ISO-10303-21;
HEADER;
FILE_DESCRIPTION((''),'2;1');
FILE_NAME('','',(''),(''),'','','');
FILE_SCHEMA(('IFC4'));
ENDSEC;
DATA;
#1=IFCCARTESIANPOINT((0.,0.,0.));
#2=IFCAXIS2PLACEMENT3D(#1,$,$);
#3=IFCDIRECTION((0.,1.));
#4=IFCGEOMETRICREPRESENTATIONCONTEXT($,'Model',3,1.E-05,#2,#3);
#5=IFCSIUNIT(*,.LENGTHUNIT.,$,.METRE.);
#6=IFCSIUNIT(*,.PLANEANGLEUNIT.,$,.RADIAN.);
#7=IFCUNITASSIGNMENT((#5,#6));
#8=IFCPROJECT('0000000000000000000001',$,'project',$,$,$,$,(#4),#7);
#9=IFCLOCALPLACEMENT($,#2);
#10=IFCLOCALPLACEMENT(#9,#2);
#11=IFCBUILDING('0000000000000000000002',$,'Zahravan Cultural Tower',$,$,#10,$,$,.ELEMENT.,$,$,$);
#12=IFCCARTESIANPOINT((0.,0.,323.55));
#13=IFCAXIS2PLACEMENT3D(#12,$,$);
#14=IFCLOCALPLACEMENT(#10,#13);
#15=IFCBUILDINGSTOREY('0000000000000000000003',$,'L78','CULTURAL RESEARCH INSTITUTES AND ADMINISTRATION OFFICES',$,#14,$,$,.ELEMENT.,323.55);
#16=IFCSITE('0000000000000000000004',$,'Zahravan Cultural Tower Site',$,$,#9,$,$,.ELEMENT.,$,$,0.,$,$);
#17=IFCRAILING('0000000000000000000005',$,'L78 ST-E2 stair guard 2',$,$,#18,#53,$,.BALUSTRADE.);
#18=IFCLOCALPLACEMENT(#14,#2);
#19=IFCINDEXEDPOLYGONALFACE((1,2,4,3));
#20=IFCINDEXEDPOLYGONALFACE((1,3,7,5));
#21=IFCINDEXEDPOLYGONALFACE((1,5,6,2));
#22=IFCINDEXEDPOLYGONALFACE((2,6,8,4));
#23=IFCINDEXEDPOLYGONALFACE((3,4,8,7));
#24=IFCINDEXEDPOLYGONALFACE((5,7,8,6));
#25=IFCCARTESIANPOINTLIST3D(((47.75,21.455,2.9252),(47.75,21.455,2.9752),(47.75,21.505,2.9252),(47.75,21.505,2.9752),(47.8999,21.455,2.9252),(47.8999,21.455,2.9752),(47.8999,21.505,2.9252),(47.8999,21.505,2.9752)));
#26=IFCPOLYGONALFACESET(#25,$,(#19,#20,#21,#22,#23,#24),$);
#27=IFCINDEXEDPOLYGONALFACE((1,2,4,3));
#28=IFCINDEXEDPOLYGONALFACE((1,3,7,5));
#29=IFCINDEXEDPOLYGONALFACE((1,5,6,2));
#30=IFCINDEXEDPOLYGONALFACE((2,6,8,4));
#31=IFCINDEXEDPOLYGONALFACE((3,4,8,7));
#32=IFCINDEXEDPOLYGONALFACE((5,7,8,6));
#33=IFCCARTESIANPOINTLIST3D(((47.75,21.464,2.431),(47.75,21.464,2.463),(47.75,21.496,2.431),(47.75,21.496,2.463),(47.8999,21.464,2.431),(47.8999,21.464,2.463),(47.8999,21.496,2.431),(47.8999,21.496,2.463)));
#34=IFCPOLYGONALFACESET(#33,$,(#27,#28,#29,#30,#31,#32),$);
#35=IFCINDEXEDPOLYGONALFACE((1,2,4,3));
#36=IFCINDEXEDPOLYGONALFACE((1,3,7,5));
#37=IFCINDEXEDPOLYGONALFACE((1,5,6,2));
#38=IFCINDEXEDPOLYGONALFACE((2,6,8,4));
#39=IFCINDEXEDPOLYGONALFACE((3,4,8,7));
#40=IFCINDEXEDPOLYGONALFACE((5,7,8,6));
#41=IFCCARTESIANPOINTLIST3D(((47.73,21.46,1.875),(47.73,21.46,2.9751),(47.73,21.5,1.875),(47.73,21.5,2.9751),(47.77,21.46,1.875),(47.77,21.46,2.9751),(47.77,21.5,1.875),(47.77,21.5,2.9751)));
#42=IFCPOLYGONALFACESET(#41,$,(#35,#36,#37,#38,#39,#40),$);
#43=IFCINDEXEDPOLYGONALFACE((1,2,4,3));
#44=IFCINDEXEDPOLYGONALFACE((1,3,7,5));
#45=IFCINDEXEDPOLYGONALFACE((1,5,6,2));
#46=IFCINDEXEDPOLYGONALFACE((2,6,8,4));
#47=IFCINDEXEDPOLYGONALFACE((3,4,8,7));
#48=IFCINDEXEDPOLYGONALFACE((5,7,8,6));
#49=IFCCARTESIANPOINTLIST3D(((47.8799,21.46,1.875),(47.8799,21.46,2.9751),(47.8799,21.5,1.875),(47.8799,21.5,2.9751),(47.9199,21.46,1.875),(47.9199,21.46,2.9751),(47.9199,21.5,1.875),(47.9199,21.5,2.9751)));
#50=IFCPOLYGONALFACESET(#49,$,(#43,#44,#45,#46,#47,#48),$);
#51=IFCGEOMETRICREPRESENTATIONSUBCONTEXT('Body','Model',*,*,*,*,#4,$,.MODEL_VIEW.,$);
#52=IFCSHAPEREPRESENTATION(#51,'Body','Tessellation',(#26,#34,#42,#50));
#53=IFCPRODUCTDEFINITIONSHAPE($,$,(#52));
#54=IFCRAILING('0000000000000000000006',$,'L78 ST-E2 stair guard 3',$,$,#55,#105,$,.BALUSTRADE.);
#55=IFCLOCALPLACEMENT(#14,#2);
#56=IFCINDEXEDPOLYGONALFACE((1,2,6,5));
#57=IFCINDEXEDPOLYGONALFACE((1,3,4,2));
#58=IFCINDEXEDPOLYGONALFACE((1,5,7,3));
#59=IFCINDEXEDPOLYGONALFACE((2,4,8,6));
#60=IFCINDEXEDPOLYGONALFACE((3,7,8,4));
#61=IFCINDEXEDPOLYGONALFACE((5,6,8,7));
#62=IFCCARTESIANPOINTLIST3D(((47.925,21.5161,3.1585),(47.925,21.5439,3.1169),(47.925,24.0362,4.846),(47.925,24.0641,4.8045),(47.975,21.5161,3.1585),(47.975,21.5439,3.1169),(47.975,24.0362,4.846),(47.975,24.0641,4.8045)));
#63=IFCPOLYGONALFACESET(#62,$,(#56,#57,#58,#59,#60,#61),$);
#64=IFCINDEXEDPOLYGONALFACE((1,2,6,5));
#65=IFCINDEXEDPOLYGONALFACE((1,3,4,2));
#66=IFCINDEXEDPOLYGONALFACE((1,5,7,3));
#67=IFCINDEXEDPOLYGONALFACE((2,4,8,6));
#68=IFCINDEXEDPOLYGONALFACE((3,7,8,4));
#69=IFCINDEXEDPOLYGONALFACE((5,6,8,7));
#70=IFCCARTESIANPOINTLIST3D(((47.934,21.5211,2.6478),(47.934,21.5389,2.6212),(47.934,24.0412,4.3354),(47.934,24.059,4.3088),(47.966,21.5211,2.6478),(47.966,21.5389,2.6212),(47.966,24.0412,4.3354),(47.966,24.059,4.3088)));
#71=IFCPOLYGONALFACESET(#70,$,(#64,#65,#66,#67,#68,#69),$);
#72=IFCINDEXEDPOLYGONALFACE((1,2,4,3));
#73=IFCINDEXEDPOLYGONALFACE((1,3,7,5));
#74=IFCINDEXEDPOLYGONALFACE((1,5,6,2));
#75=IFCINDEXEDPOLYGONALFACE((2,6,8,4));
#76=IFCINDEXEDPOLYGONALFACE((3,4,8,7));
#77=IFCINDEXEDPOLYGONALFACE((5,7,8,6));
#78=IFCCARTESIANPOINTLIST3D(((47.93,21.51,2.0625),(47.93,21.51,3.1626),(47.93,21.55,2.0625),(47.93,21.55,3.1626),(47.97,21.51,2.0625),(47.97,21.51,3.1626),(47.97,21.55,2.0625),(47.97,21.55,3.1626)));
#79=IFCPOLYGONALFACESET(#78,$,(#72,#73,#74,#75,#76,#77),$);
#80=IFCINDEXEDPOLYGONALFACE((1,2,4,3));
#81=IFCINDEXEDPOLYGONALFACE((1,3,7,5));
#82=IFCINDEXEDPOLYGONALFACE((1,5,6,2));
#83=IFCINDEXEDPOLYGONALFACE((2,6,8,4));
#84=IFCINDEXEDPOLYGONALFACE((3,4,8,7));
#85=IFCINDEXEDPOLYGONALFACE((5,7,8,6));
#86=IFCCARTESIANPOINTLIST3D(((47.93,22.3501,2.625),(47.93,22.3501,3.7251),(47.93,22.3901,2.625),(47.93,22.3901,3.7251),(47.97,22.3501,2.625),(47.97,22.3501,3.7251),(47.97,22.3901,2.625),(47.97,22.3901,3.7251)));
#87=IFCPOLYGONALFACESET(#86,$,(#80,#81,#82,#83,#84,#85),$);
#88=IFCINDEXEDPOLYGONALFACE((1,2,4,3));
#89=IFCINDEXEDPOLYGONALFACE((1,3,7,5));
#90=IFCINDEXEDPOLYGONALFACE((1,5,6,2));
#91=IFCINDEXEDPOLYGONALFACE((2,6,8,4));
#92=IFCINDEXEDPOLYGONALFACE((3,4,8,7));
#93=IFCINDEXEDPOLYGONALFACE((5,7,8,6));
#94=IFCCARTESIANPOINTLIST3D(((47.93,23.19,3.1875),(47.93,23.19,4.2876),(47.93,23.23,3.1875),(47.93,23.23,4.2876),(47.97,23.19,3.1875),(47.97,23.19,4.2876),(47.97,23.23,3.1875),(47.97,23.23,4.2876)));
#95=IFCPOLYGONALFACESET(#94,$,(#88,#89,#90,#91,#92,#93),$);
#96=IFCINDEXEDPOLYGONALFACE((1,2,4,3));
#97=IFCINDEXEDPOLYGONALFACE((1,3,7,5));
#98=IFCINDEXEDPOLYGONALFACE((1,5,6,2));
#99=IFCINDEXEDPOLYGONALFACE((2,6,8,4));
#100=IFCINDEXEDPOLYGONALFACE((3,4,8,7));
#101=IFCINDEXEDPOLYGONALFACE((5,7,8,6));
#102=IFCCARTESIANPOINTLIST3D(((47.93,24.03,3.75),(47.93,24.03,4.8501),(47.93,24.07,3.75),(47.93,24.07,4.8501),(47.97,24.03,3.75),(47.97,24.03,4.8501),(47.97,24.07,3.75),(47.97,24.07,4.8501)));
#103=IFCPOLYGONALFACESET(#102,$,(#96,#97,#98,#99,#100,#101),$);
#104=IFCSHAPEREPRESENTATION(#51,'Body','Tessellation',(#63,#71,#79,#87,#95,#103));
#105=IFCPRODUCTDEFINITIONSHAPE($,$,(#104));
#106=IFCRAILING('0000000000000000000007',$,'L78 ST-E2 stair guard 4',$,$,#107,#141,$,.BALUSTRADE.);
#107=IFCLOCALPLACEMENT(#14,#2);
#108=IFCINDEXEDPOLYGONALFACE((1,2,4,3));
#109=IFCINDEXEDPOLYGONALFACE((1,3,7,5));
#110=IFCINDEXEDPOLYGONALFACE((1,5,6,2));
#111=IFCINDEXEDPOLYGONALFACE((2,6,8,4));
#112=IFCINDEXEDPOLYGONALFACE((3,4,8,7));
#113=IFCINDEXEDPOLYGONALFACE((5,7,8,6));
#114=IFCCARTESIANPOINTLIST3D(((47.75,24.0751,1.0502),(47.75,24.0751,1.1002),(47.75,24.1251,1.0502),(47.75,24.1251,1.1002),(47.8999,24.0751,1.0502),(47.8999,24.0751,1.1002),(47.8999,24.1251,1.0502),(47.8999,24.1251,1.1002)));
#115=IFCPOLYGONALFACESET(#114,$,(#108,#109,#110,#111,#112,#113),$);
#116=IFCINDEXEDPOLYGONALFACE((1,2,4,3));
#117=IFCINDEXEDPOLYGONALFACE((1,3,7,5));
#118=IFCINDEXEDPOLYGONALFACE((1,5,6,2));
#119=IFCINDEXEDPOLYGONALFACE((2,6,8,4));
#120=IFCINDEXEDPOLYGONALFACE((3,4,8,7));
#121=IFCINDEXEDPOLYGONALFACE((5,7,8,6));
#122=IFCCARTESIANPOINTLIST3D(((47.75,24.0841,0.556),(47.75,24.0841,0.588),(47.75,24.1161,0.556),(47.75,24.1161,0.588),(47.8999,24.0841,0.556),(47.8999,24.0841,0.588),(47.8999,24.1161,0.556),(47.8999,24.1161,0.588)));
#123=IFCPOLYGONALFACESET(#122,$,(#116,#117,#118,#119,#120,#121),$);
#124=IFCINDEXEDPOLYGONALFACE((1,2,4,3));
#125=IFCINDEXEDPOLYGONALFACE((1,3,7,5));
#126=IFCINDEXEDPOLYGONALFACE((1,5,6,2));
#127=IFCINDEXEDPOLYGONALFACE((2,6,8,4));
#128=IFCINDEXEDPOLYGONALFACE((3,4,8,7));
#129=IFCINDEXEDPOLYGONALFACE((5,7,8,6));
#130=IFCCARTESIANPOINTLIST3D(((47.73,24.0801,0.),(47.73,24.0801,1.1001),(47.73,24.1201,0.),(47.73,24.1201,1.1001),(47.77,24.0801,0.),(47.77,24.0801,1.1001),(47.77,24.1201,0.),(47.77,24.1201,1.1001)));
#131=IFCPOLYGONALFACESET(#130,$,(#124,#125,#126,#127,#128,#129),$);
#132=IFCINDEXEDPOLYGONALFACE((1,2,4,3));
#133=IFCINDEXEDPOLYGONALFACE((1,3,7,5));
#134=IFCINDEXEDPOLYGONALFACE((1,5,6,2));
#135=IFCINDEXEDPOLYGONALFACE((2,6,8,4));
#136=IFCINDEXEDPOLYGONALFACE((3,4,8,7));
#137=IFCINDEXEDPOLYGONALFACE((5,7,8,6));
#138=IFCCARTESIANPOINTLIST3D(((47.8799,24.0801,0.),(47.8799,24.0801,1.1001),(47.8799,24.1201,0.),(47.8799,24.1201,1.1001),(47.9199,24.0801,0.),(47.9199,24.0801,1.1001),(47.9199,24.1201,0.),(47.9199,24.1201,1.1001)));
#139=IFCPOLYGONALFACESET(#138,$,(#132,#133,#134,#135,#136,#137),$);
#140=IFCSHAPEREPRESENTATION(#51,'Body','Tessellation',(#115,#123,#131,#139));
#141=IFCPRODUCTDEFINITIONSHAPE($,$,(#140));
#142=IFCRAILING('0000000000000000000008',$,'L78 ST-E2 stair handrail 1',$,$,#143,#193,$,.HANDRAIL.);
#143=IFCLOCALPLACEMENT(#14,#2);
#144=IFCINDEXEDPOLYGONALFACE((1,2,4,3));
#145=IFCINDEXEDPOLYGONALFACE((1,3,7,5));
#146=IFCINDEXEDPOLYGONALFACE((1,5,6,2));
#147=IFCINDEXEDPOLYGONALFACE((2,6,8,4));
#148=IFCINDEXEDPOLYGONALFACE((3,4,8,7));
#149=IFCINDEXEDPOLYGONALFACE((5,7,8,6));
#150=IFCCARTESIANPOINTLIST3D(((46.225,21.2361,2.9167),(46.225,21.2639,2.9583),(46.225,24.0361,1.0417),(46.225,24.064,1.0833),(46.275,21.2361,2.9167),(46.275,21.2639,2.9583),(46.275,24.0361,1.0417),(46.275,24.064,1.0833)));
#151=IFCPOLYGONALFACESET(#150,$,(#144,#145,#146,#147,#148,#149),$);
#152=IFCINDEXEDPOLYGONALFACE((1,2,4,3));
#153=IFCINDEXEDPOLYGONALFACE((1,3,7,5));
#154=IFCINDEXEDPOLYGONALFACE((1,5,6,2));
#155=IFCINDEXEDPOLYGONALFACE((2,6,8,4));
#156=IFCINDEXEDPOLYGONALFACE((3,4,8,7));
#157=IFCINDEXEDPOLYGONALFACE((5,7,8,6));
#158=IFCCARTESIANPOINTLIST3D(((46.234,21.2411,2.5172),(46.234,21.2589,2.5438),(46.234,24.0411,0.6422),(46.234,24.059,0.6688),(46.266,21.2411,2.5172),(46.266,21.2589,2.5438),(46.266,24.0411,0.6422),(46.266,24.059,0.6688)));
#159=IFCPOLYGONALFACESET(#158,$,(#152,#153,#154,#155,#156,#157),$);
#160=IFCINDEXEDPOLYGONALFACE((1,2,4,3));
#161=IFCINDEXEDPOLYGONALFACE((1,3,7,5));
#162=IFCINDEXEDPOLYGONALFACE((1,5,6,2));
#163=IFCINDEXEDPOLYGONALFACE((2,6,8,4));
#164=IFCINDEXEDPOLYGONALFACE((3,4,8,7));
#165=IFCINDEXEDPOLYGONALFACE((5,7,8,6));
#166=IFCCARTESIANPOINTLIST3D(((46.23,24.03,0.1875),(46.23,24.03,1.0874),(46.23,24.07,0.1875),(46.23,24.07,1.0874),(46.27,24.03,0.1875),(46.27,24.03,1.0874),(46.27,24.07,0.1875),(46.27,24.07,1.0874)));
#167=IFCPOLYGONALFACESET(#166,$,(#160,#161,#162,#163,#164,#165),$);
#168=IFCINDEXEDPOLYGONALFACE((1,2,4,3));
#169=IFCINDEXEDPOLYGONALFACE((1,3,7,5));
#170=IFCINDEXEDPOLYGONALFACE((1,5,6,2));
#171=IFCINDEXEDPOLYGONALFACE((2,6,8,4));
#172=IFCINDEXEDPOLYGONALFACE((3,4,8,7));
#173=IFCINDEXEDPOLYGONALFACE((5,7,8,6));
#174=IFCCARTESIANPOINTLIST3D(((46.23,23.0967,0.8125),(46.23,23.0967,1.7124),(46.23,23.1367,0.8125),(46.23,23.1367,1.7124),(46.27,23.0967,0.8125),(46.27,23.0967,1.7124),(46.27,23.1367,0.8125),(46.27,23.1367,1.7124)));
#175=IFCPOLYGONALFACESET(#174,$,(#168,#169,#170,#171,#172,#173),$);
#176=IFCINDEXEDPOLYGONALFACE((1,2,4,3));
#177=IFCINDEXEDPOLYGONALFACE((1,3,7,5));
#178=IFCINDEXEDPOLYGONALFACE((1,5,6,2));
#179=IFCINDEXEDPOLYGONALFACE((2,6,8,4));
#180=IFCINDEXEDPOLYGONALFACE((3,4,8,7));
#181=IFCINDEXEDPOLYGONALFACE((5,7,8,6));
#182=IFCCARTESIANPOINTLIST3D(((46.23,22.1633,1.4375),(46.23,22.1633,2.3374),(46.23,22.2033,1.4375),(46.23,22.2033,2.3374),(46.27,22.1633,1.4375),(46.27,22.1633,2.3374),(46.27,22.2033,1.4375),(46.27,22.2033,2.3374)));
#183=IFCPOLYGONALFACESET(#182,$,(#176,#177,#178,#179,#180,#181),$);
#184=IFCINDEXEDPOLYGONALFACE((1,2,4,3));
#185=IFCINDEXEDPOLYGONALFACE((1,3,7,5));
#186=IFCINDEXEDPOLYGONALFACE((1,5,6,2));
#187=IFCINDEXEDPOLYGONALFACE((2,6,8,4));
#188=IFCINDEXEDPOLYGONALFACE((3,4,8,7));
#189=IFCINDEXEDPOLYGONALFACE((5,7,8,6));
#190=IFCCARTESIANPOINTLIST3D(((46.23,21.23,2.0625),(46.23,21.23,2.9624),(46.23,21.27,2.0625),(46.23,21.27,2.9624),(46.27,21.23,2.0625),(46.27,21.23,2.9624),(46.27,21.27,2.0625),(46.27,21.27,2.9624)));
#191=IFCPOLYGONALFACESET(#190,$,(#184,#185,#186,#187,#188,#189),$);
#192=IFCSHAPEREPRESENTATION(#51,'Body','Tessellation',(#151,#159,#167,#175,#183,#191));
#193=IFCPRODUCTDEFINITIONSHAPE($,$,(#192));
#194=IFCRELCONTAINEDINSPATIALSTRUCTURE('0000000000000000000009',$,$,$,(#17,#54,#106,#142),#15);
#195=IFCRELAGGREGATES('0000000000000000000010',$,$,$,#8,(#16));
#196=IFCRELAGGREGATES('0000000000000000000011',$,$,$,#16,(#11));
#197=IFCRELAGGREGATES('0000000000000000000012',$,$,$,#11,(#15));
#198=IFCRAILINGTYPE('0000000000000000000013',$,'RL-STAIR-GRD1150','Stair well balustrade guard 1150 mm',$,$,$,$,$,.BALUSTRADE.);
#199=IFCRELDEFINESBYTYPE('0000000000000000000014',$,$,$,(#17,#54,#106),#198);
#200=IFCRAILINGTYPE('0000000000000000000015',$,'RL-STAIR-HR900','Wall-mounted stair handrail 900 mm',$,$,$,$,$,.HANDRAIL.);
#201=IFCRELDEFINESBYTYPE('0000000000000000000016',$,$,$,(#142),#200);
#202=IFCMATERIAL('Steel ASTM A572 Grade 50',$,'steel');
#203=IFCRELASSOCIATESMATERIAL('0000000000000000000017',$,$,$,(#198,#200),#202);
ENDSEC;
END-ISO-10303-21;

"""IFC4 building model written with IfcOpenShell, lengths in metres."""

from ifc_helpers import new_model, si_unit, direction, frame, origin, origin_2d, place, context, subcontext, project, spatial, rectangle, extrude, material, type_object, element, save


model = new_model("IFC4")

# Units and contexts
model_context = context("Model", 3, precision=1e-05, world=origin(), true_north=direction((0.0, 1.0)))
body_context = subcontext(model_context, "Body", "Model", "MODEL_VIEW")
ifc_project = project(units=[si_unit("LENGTHUNIT", "METRE"), si_unit("PLANEANGLEUNIT", "RADIAN")], contexts=[model_context])

# Site, building, storey
site_placement = place(None, origin())
site = spatial("IfcSite", under=ifc_project, at=site_placement, Name="Zahravan Cultural Tower Site", CompositionType="ELEMENT", RefElevation=0.0)
building_placement = place(site_placement, origin())
building = spatial("IfcBuilding", under=site, at=building_placement, Name="Zahravan Cultural Tower", CompositionType="ELEMENT")
storey_placement = place(building_placement, frame((0.0, 0.0, 323.55)))
storey = spatial("IfcBuildingStorey", under=building, at=storey_placement, Name="L78", Description="CULTURAL RESEARCH INSTITUTES AND ADMINISTRATION OFFICES", CompositionType="ELEMENT", Elevation=323.55)

# Shared definitions
ifc_material_1 = material(Name="Steel ASTM A572 Grade 50", Category="steel")

# Railings
railing_type_1 = type_object("IfcRailingType", Name="RL-STAIR-GRD1150", Description="Stair well balustrade guard 1150 mm", PredefinedType="BALUSTRADE", material=ifc_material_1)
railing_1_placement = place(storey_placement, frame((47.75, 21.48, 1.875)))
element("IfcRailing", 1, at=railing_1_placement, inside=storey, type_object=railing_type_1, Name="L78 ST-E2 stair guard 2", PredefinedType="BALUSTRADE", context=body_context, shape_type="SweptSolid", body=[
    extrude(rectangle(XDim=0.05, YDim=0.05, at=origin_2d()), frame((0.0, 0.0, 1.0752), z_axis=(1.0, 0.0, 0.0), x_axis=(0.0, 1.0, 0.0)), (0.0, 0.0, 1.0), 0.1499),
    extrude(rectangle(XDim=0.032, YDim=0.032, at=origin_2d()), frame((0.0, 0.0, 0.572), z_axis=(1.0, 0.0, 0.0), x_axis=(0.0, 1.0, 0.0)), (0.0, 0.0, 1.0), 0.1499),
    extrude(rectangle(XDim=0.04, YDim=0.04, at=origin_2d()), origin(), (0.0, 0.0, 1.0), 1.1001),
    extrude(rectangle(XDim=0.04, YDim=0.04, at=origin_2d()), frame((0.1499, 0.0, 0.0)), (0.0, 0.0, 1.0), 1.1001),
])
railing_2_placement = place(storey_placement, frame((47.95, 21.53, 2.0625)))
element("IfcRailing", 2, at=railing_2_placement, inside=storey, type_object=railing_type_1, Name="L78 ST-E2 stair guard 3", PredefinedType="BALUSTRADE", context=body_context, shape_type="SweptSolid", body=[
    extrude(rectangle(XDim=0.05, YDim=0.05, at=origin_2d()), frame((0.0, 0.0, 1.0752), z_axis=(0.0, 0.830909, 0.556408), x_axis=(-1.0, 0.0, 0.0)), (0.0, 0.0, 1.0), 3.033),
    extrude(rectangle(XDim=0.032, YDim=0.032, at=origin_2d()), frame((0.0, 0.0, 0.572), z_axis=(0.0, 0.830909, 0.556408), x_axis=(-1.0, 0.0, 0.0)), (0.0, 0.0, 1.0), 3.033),
    extrude(rectangle(XDim=0.04, YDim=0.04, at=origin_2d()), origin(), (0.0, 0.0, 1.0), 1.1001),
    extrude(rectangle(XDim=0.04, YDim=0.04, at=origin_2d()), frame((0.0, 0.8401, 0.5625)), (0.0, 0.0, 1.0), 1.1001),
    extrude(rectangle(XDim=0.04, YDim=0.04, at=origin_2d()), frame((0.0, 1.6799, 1.125)), (0.0, 0.0, 1.0), 1.1001),
    extrude(rectangle(XDim=0.04, YDim=0.04, at=origin_2d()), frame((0.0, 2.52, 1.6875)), (0.0, 0.0, 1.0), 1.1001),
])
railing_3_placement = place(storey_placement, frame((47.75, 24.1001, 0.0)))
element("IfcRailing", 3, at=railing_3_placement, inside=storey, type_object=railing_type_1, Name="L78 ST-E2 stair guard 4", PredefinedType="BALUSTRADE", context=body_context, shape_type="SweptSolid", body=[
    extrude(rectangle(XDim=0.05, YDim=0.05, at=origin_2d()), frame((0.0, 0.0, 1.0752), z_axis=(1.0, 0.0, 0.0), x_axis=(0.0, 1.0, 0.0)), (0.0, 0.0, 1.0), 0.1499),
    extrude(rectangle(XDim=0.032, YDim=0.032, at=origin_2d()), frame((0.0, 0.0, 0.572), z_axis=(1.0, 0.0, 0.0), x_axis=(0.0, 1.0, 0.0)), (0.0, 0.0, 1.0), 0.1499),
    extrude(rectangle(XDim=0.04, YDim=0.04, at=origin_2d()), origin(), (0.0, 0.0, 1.0), 1.1001),
    extrude(rectangle(XDim=0.04, YDim=0.04, at=origin_2d()), frame((0.1499, 0.0, 0.0)), (0.0, 0.0, 1.0), 1.1001),
])
railing_type_2 = type_object("IfcRailingType", Name="RL-STAIR-HR900", Description="Wall-mounted stair handrail 900 mm", PredefinedType="HANDRAIL", material=ifc_material_1)
railing_4_placement = place(storey_placement, frame((46.25, 24.05, 0.1875)))
element("IfcRailing", 4, at=railing_4_placement, inside=storey, type_object=railing_type_2, Name="L78 ST-E2 stair handrail 1", PredefinedType="HANDRAIL", context=body_context, shape_type="SweptSolid", body=[
    extrude(rectangle(XDim=0.05, YDim=0.05, at=origin_2d()), frame((0.0, 0.0, 0.875), z_axis=(0.0, -0.830912, 0.556404), x_axis=(1.0, 0.0, 0.0)), (0.0, 0.0, 1.0), 3.3699),
    extrude(rectangle(XDim=0.032, YDim=0.032, at=origin_2d()), frame((0.0, 0.0, 0.468), z_axis=(0.0, -0.830912, 0.556404), x_axis=(1.0, 0.0, 0.0)), (0.0, 0.0, 1.0), 3.3699),
    extrude(rectangle(XDim=0.04, YDim=0.04, at=origin_2d()), origin(), (0.0, 0.0, 1.0), 0.8999),
    extrude(rectangle(XDim=0.04, YDim=0.04, at=origin_2d()), frame((0.0, -0.9333, 0.625)), (0.0, 0.0, 1.0), 0.8999),
    extrude(rectangle(XDim=0.04, YDim=0.04, at=origin_2d()), frame((0.0, -1.8667, 1.25)), (0.0, 0.0, 1.0), 0.8999),
    extrude(rectangle(XDim=0.04, YDim=0.04, at=origin_2d()), frame((0.0, -2.8, 1.875)), (0.0, 0.0, 1.0), 0.8999),
])

save(model, "model.ifc")
